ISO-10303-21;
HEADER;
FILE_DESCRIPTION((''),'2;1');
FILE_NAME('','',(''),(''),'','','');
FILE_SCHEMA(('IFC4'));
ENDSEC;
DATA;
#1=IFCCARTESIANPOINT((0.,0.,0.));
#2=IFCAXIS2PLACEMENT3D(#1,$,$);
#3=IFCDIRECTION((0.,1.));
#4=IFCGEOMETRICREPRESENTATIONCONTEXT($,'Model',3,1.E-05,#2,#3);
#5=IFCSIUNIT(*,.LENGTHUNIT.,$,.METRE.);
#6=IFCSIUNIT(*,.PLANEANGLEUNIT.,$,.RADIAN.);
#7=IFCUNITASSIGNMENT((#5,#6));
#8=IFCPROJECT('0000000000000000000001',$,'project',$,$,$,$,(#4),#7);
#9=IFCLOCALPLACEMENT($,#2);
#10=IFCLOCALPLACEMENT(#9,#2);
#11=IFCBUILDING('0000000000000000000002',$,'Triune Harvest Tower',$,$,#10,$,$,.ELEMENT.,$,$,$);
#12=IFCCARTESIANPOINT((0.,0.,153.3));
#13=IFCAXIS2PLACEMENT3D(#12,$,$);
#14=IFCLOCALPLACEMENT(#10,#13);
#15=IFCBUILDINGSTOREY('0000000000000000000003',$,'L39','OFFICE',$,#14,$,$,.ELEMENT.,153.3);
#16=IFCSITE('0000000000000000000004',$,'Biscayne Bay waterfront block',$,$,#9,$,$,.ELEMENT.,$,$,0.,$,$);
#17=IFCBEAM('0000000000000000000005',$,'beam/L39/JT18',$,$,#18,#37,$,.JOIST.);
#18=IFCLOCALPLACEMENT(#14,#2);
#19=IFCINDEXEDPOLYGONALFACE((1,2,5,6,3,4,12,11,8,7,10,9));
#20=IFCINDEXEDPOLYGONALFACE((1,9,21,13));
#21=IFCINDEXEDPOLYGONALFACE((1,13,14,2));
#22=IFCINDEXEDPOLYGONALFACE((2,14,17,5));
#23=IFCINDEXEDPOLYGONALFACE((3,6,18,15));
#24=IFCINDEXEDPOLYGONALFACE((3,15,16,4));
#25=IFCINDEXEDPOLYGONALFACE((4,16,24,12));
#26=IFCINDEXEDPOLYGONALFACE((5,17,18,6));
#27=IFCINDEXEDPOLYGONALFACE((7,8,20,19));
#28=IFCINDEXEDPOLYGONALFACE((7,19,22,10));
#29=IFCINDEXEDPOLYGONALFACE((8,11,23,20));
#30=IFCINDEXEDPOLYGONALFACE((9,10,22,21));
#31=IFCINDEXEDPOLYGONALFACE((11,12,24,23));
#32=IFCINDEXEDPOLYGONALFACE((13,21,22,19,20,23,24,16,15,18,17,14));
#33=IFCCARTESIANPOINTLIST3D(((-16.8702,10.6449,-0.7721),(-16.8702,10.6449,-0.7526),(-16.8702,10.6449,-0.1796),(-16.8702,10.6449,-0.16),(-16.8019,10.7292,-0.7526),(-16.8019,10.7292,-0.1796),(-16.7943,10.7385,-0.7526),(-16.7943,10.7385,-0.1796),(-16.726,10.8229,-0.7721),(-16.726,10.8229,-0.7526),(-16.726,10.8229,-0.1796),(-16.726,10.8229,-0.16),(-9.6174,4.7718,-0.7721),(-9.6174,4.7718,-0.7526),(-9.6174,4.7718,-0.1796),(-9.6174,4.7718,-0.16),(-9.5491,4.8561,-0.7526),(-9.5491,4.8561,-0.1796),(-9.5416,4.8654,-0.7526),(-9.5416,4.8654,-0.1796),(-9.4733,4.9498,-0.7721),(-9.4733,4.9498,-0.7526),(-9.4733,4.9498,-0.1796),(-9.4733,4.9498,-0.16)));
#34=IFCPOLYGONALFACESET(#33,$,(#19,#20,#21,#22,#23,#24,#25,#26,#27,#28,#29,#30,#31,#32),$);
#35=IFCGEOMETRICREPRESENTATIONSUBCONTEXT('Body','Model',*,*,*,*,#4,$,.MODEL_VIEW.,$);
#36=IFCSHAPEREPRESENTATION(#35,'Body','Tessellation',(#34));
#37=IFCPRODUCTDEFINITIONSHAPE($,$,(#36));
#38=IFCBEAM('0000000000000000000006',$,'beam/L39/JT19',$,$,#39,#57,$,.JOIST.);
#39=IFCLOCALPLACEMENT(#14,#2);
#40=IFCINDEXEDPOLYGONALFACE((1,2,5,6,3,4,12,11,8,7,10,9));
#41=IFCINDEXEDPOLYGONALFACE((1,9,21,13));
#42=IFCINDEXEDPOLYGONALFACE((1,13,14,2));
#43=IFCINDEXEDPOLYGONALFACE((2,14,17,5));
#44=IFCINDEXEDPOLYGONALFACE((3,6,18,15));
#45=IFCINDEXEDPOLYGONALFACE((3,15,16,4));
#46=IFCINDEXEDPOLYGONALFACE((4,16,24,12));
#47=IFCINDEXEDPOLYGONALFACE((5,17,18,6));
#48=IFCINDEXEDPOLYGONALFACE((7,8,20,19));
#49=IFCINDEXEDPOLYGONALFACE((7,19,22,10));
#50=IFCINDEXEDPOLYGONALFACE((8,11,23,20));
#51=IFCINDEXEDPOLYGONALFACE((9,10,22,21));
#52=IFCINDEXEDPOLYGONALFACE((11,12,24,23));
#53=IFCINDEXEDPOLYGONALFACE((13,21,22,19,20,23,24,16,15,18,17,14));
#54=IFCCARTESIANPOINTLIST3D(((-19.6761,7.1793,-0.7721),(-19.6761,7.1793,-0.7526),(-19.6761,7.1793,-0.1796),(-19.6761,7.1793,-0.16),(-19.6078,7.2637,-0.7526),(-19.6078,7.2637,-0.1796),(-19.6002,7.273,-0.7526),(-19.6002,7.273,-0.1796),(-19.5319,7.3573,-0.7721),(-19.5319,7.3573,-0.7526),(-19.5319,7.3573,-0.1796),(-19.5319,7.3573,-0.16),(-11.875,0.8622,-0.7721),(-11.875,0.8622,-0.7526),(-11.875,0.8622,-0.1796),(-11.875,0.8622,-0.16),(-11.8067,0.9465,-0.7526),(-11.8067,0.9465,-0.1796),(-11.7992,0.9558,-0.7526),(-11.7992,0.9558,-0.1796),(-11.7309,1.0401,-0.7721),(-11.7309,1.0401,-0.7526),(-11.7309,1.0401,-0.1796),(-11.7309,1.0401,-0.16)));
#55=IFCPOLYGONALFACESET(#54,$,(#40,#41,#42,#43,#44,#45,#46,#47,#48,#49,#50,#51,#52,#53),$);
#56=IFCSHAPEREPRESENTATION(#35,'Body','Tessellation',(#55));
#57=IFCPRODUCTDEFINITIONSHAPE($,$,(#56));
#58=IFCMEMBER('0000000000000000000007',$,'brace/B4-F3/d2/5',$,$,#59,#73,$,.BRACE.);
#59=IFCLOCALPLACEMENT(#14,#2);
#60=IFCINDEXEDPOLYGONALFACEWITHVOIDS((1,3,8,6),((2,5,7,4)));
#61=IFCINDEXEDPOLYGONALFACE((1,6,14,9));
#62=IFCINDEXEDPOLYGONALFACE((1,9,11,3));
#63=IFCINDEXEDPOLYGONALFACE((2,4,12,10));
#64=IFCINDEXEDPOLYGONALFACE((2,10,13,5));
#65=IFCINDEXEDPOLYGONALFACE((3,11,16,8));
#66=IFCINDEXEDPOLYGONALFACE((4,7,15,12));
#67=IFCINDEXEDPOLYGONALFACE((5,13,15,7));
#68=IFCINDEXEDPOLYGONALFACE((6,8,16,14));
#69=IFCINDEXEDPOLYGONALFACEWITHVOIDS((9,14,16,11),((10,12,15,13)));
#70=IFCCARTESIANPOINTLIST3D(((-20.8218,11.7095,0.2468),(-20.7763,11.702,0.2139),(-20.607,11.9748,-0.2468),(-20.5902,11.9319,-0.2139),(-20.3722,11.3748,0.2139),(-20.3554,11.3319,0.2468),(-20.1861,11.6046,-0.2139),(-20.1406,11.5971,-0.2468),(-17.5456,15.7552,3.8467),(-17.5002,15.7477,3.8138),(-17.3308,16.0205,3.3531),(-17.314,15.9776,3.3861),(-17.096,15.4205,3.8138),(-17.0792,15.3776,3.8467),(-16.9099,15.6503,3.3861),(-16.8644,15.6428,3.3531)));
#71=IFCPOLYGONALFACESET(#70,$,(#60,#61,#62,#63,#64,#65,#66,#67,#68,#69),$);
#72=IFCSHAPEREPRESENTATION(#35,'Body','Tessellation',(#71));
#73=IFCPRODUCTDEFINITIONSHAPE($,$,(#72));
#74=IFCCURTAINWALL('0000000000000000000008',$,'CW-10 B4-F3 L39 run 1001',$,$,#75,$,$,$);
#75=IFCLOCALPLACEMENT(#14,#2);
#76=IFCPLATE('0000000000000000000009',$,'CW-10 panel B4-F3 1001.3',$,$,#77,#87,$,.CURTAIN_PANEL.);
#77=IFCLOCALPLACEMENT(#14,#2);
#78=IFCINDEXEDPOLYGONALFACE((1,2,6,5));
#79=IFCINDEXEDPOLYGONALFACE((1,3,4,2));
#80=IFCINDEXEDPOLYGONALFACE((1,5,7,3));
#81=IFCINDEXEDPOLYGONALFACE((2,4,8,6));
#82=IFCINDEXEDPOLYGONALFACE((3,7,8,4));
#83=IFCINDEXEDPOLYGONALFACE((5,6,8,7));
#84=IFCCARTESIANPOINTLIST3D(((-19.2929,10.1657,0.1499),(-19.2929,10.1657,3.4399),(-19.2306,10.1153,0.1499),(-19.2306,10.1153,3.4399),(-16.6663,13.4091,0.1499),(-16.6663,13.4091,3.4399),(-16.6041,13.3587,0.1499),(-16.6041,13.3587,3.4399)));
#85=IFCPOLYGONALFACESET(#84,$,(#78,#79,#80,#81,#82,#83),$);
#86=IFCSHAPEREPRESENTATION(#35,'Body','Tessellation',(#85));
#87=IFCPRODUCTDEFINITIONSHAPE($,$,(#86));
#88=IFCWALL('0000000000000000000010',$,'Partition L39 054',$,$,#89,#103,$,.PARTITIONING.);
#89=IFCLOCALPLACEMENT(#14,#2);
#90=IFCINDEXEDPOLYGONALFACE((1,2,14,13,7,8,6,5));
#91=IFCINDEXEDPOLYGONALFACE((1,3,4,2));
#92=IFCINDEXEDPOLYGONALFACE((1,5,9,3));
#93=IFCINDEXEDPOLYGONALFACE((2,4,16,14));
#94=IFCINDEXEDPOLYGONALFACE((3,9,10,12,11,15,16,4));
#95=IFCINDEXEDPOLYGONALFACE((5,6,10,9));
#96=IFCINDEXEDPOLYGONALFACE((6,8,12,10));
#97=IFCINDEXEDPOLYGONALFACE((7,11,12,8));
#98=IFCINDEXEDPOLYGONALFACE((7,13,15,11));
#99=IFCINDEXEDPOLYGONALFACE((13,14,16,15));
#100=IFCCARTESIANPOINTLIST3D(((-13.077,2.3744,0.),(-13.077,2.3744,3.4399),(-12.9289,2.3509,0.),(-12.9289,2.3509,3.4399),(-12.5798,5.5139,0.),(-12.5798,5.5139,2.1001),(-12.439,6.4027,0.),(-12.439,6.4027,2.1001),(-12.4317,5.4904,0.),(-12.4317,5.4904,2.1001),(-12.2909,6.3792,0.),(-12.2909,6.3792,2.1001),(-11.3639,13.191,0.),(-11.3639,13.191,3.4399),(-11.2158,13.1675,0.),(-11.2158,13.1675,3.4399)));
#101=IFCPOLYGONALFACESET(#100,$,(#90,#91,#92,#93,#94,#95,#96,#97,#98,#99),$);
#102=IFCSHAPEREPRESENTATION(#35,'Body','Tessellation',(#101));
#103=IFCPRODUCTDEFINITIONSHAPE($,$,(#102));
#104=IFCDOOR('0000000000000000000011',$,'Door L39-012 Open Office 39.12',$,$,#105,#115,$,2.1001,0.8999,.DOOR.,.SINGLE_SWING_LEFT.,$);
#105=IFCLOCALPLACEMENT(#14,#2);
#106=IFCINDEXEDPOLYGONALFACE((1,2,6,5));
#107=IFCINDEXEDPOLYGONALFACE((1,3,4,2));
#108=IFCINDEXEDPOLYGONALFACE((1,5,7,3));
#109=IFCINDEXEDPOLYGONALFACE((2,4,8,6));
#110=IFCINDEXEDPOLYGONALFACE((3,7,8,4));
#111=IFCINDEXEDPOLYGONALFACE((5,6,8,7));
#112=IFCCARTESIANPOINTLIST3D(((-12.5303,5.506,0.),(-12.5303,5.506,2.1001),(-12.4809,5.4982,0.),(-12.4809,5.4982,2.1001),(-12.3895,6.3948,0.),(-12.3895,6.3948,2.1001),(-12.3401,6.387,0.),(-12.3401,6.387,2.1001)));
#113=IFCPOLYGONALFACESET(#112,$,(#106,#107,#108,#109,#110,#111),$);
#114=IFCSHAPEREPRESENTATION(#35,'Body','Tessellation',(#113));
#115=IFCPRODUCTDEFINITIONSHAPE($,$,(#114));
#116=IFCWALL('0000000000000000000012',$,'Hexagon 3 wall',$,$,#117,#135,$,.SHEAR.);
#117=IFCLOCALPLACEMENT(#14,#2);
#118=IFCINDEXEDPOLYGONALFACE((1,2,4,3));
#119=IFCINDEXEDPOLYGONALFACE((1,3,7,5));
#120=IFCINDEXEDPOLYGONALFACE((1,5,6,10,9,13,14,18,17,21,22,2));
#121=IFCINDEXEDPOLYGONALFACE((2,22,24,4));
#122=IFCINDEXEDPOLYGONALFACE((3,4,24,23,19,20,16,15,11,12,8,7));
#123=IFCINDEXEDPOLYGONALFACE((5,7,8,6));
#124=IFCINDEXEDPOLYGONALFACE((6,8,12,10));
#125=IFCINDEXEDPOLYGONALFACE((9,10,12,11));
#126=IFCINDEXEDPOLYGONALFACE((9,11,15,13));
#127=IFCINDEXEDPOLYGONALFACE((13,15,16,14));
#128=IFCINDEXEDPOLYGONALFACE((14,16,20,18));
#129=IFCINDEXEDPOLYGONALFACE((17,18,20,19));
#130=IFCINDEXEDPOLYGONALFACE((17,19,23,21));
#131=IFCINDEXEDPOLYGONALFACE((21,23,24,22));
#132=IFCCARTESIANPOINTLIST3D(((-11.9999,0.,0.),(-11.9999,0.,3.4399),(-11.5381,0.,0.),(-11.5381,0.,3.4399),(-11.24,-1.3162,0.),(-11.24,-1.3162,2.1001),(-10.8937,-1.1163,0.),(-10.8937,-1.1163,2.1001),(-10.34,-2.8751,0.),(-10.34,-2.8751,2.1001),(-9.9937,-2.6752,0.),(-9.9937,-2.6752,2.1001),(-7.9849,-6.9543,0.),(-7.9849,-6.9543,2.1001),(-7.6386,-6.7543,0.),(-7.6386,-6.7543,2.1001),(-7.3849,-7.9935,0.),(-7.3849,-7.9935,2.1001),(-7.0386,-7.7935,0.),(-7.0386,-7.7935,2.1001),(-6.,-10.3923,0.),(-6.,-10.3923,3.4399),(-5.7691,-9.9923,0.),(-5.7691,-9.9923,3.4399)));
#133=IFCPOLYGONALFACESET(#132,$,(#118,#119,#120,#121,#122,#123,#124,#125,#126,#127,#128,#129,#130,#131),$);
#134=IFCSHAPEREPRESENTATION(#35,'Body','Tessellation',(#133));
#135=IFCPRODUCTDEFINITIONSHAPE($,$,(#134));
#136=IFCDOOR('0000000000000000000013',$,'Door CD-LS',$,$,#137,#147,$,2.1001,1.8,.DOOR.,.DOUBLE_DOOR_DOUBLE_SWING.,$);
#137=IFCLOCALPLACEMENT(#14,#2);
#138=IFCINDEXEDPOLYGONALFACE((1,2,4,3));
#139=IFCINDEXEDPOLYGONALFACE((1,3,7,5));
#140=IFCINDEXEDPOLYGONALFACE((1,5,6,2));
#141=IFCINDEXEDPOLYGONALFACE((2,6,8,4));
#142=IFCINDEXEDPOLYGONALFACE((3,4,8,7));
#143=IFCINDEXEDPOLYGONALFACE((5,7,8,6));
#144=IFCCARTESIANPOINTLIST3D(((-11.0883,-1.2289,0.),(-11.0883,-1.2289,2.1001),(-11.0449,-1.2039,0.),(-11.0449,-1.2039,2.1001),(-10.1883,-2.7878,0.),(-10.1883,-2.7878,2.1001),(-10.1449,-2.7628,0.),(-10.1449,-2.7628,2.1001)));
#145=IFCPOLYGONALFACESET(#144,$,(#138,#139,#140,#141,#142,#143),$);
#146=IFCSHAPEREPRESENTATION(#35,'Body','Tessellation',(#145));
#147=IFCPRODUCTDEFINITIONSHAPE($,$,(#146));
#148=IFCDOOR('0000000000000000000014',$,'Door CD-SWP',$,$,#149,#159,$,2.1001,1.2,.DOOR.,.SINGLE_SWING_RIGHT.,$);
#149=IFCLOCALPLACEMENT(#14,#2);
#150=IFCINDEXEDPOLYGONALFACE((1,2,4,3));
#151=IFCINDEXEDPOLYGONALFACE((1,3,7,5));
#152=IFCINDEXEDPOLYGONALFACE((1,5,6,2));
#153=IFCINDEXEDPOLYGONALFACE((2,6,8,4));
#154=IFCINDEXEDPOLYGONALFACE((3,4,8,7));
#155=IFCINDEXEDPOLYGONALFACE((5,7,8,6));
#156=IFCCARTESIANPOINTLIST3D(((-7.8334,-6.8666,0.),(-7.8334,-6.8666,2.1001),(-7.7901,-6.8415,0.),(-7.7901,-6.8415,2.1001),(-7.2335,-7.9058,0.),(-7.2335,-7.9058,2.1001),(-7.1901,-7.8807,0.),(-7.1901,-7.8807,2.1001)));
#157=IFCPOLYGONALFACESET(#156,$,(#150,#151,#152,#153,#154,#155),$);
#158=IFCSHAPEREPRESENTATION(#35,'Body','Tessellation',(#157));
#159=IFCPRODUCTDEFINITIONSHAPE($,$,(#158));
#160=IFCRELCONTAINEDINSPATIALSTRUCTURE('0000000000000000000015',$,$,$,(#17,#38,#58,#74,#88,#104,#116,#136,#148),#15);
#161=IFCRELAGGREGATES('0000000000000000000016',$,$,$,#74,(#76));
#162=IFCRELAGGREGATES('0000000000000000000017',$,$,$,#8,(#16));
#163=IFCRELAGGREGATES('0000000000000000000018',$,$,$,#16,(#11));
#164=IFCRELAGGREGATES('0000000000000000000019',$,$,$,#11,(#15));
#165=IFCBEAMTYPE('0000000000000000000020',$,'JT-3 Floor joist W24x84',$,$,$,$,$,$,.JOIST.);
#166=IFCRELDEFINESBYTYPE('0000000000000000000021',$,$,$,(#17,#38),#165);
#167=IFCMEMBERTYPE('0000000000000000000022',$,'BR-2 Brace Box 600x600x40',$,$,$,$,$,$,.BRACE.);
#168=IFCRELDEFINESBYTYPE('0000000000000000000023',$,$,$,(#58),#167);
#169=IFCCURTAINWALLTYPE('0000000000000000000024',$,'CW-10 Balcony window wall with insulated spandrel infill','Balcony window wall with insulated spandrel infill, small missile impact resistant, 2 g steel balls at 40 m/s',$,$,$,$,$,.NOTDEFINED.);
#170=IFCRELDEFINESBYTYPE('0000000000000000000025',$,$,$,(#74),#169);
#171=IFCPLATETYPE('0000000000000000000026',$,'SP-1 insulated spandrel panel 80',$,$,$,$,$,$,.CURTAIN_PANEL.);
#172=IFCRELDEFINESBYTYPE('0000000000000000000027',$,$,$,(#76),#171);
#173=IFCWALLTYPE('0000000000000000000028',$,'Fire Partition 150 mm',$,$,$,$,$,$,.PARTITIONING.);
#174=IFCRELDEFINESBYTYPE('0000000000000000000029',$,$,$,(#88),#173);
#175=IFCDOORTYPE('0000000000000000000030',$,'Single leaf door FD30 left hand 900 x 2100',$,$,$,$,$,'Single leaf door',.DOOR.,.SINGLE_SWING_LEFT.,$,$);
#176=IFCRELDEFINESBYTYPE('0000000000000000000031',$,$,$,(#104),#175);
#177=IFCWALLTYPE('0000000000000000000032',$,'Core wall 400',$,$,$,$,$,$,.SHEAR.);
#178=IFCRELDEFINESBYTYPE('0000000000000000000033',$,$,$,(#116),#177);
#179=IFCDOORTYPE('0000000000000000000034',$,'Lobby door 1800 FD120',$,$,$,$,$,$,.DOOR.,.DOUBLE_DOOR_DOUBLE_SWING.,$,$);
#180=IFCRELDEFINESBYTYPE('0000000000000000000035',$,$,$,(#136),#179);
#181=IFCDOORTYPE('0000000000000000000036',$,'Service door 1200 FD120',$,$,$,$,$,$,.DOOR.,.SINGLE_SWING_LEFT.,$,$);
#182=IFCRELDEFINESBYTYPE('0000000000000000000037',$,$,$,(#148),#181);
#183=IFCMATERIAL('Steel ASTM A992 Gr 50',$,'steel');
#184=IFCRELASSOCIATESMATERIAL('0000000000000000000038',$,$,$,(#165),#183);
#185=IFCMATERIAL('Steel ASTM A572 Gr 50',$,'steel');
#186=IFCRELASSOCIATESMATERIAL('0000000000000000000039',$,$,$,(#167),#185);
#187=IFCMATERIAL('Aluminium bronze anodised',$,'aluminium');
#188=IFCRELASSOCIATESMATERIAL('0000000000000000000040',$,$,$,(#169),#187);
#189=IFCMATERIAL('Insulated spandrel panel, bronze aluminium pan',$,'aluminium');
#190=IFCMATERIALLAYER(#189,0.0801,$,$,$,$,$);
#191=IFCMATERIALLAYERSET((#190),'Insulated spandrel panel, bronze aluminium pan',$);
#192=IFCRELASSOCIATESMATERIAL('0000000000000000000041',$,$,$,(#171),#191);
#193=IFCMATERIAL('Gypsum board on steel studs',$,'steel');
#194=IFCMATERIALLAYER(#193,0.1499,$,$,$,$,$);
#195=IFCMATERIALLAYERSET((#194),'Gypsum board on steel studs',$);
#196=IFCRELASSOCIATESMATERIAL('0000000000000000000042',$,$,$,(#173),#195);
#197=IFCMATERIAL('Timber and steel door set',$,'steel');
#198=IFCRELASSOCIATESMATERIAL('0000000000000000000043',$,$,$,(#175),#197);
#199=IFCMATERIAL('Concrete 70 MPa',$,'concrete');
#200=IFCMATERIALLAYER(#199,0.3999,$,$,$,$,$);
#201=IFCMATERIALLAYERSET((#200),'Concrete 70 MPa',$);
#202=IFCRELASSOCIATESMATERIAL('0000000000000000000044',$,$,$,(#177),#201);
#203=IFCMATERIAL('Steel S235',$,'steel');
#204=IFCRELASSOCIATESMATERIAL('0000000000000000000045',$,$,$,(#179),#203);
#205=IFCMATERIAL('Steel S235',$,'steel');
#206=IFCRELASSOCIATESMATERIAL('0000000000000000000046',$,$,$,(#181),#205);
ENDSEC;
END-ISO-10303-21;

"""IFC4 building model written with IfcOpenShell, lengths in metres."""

from ifc_helpers import new_model, si_unit, direction, frame, frame_2d, origin, origin_2d, place, context, subcontext, project, spatial, polyline, rectangle, hollow_rectangle, i_section, outline, extrude, source, transform, mapped, material, layer, layer_set, material_profile, profile_set, type_object, element, fill, aggregate, save


model = new_model("IFC4")

# Units and contexts
model_context = context("Model", 3, precision=1e-05, world=origin(), true_north=direction((0.0, 1.0)))
body_context = subcontext(model_context, "Body", "Model", "MODEL_VIEW")
ifc_project = project(units=[si_unit("LENGTHUNIT", "METRE"), si_unit("PLANEANGLEUNIT", "RADIAN")], contexts=[model_context])

# Site, building, storey
site_placement = place(None, origin())
site = spatial("IfcSite", under=ifc_project, at=site_placement, Name="Biscayne Bay waterfront block", CompositionType="ELEMENT", RefElevation=0.0)
building_placement = place(site_placement, origin())
building = spatial("IfcBuilding", under=site, at=building_placement, Name="Triune Harvest Tower", CompositionType="ELEMENT")
storey_placement = place(building_placement, frame((0.0, 0.0, 153.3)))
storey = spatial("IfcBuildingStorey", under=building, at=storey_placement, Name="L39", Description="OFFICE", CompositionType="ELEMENT", Elevation=153.3)

# Beams
ifc_material_1 = material(Name="Steel ASTM A992 Gr 50", Category="steel")
ifc_material_profile_1 = material_profile(ifc_material_1, i_section(OverallWidth=0.229, OverallDepth=0.6121, WebThickness=0.012, FlangeThickness=0.0195, at=origin_2d()), Name="W24x84")
ifc_profile_set_1 = profile_set([ifc_material_profile_1], Name="Steel ASTM A992 Gr 50")
beam_type = type_object("IfcBeamType", Name="JT-3 Floor joist W24x84", PredefinedType="JOIST", material=ifc_profile_set_1)
shared_shape_1 = source(origin(), body_context, "Body", "SweptSolid", [
    extrude(i_section(OverallWidth=0.229, OverallDepth=0.6121, WebThickness=0.012, FlangeThickness=0.0195, at=origin_2d()), origin(), (0.0, 0.0, 1.0), 9.3325),
])
beam_1_placement = place(storey_placement, frame((-16.7981, 10.7339, -0.4661), z_axis=(0.777149, -0.629316, 0.0), x_axis=(0.629316, 0.777149, 0.0)))
element("IfcBeam", 1, at=beam_1_placement, inside=storey, type_object=beam_type, Name="beam/L39/JT18", PredefinedType="JOIST", context=body_context, shape_type="MappedRepresentation", body=[
    mapped(shared_shape_1, transform((0.0, 0.0, 0.0), scale=1.0)),
])
shared_shape_2 = source(origin(), body_context, "Body", "SweptSolid", [
    extrude(i_section(OverallWidth=0.229, OverallDepth=0.6121, WebThickness=0.012, FlangeThickness=0.0195, at=origin_2d()), origin(), (0.0, 0.0, 1.0), 10.0381),
])
beam_2_placement = place(storey_placement, frame((-19.604, 7.2683, -0.4661), z_axis=(0.777146, -0.62932, 0.0), x_axis=(0.62932, 0.777146, 0.0)))
element("IfcBeam", 2, at=beam_2_placement, inside=storey, type_object=beam_type, Name="beam/L39/JT19", PredefinedType="JOIST", context=body_context, shape_type="MappedRepresentation", body=[
    mapped(shared_shape_2, transform((0.0, 0.0, 0.0), scale=1.0)),
])

# Member
ifc_material_2 = material(Name="Steel ASTM A572 Gr 50", Category="steel")
ifc_material_profile_2 = material_profile(ifc_material_2, hollow_rectangle(XDim=0.6001, YDim=0.6001, WallThickness=0.04, at=origin_2d()), Name="Box 600x600x40")
ifc_profile_set_2 = profile_set([ifc_material_profile_2], Name="Steel ASTM A572 Gr 50")
member_type = type_object("IfcMemberType", Name="BR-2 Brace Box 600x600x40", PredefinedType="BRACE", material=ifc_profile_set_2)
shared_shape_3 = source(origin(), body_context, "Body", "SweptSolid", [
    extrude(hollow_rectangle(XDim=0.6001, YDim=0.6001, WallThickness=0.04, at=origin_2d()), origin(), (0.0, 0.0, 1.0), 6.3293),
])
member_placement = place(storey_placement, frame((-20.4812, 11.6533, 0.0), z_axis=(0.517617, 0.639201, 0.568766), x_axis=(-0.777144, 0.629322, 0.0)))
element("IfcMember", 3, at=member_placement, inside=storey, type_object=member_type, Name="brace/B4-F3/d2/5", PredefinedType="BRACE", context=body_context, shape_type="MappedRepresentation", body=[
    mapped(shared_shape_3, transform((0.0, 0.0, 0.0), scale=1.0)),
])

# Curtain wall, plate
ifc_material_3 = material(Name="Aluminium bronze anodised", Category="aluminium")
curtain_wall_type = type_object("IfcCurtainWallType", Name="CW-10 Balcony window wall with insulated spandrel infill", Description="Balcony window wall with insulated spandrel infill, small missile impact resistant, 2 g steel balls at 40 m/s", PredefinedType="NOTDEFINED", material=ifc_material_3)
curtain_wall_placement = place(storey_placement, origin())
curtain_wall = element("IfcCurtainWall", 4, at=curtain_wall_placement, inside=storey, type_object=curtain_wall_type, Name="CW-10 B4-F3 L39 run 1001")
ifc_material_4 = material(Name="Insulated spandrel panel, bronze aluminium pan", Category="aluminium")
ifc_layer_1 = layer(ifc_material_4, 0.0801)
ifc_layer_set_1 = layer_set([ifc_layer_1], Name="Insulated spandrel panel, bronze aluminium pan")
plate_type = type_object("IfcPlateType", Name="SP-1 insulated spandrel panel 80", PredefinedType="CURTAIN_PANEL", material=ifc_layer_set_1)
shared_shape_4 = source(origin(), body_context, "Body", "SweptSolid", [
    extrude(rectangle(XDim=4.1736, YDim=0.0801, at=origin_2d()), origin(), (0.0, 0.0, 1.0), 3.29),
])
plate_placement = place(storey_placement, frame((-17.9485, 11.7622, 0.1499), z_axis=(0.0, 0.0, 1.0), x_axis=(-0.629322, -0.777145, 0.0)))
plate = element("IfcPlate", 5, at=plate_placement, type_object=plate_type, Name="CW-10 panel B4-F3 1001.3", PredefinedType="CURTAIN_PANEL", context=body_context, shape_type="MappedRepresentation", body=[
    mapped(shared_shape_4, transform((0.0, 0.0, 0.0), scale=1.0)),
])
aggregate(curtain_wall, [plate])

# Wall, opening, door
ifc_material_5 = material(Name="Gypsum board on steel studs", Category="steel")
ifc_layer_2 = layer(ifc_material_5, 0.1499)
ifc_layer_set_2 = layer_set([ifc_layer_2], Name="Gypsum board on steel studs")
wall_type_1 = type_object("IfcWallType", Name="Fire Partition 150 mm", PredefinedType="PARTITIONING", material=ifc_layer_set_2)
wall_1_placement = place(storey_placement, frame((-13.0029, 2.3628, 0.0), z_axis=(0.0, 0.0, 1.0), x_axis=(0.15643, 0.987689, 0.0)))
wall_1 = element("IfcWall", 6, at=wall_1_placement, inside=storey, type_object=wall_type_1, Name="Partition L39 054", PredefinedType="PARTITIONING", context=body_context, shape_type="SweptSolid", body=[
    extrude(rectangle(XDim=10.9514, YDim=0.1499, at=frame_2d((5.4756, 0.0))), origin(), (0.0, 0.0, 1.0), 3.4399),
])
opening_1_placement = place(wall_1_placement, frame((3.1785, 0.0, 0.0)))
opening_1 = element("IfcOpeningElement", 7, at=opening_1_placement, cuts=wall_1, PredefinedType="OPENING", context=body_context, shape_type="SweptSolid", body=[
    extrude(rectangle(XDim=0.8999, YDim=2.1001, at=frame_2d((0.45, 1.05))), frame((0.0, 0.085, 0.0), z_axis=(0.0, -1.0, 0.0), x_axis=(1.0, 0.0, 0.0)), (0.0, 0.0, 1.0), 0.1699),
])
ifc_material_6 = material(Name="Timber and steel door set", Category="steel")
door_type_1 = type_object("IfcDoorType", Name="Single leaf door FD30 left hand 900 x 2100", ElementType="Single leaf door", OperationType="SINGLE_SWING_LEFT", PredefinedType="DOOR", material=ifc_material_6)
door_1_placement = place(opening_1_placement, origin())
door_1 = element("IfcDoor", 8, at=door_1_placement, inside=storey, type_object=door_type_1, Name="Door L39-012 Open Office 39.12", OperationType="SINGLE_SWING_LEFT", OverallHeight=2.1001, OverallWidth=0.8999, PredefinedType="DOOR", context=body_context, shape_type="SweptSolid", body=[
    extrude(rectangle(XDim=0.8999, YDim=2.1001, at=frame_2d((0.45, 1.05))), frame((0.0, 0.0249, 0.0), z_axis=(0.0, -1.0, 0.0), x_axis=(1.0, 0.0, 0.0)), (0.0, 0.0, 1.0), 0.05),
])
fill(opening_1, door_1)

# Wall, openings, doors
ifc_material_7 = material(Name="Concrete 70 MPa", Category="concrete")
ifc_layer_3 = layer(ifc_material_7, 0.3999)
ifc_layer_set_3 = layer_set([ifc_layer_3], Name="Concrete 70 MPa")
wall_type_2 = type_object("IfcWallType", Name="Core wall 400", PredefinedType="SHEAR", material=ifc_layer_set_3)
shared_shape_5 = source(origin(), body_context, "Body", "SweptSolid", [
    extrude(outline(polyline([(-0.1155, -0.2), (11.8845, -0.2), (11.6536, 0.2), (0.1155, 0.2), (-0.1155, -0.2)])), origin(), (0.0, 0.0, 1.0), 3.4399),
])
wall_2_placement = place(storey_placement, frame((-11.769, 0.0, 0.0), z_axis=(0.0, 0.0, 1.0), x_axis=(0.499997, -0.866027, 0.0)))
wall_2 = element("IfcWall", 9, at=wall_2_placement, inside=storey, type_object=wall_type_2, Name="Hexagon 3 wall", PredefinedType="SHEAR", context=body_context, shape_type="MappedRepresentation", body=[
    mapped(shared_shape_5, transform((0.0, 0.0, 0.0), scale=1.0)),
])
opening_2_placement = place(wall_2_placement, frame((1.4045, 0.0, 0.0)))
opening_2 = element("IfcOpeningElement", 10, at=opening_2_placement, cuts=wall_2, PredefinedType="OPENING", context=body_context, shape_type="SweptSolid", body=[
    extrude(rectangle(XDim=1.8, YDim=2.1001, at=frame_2d((0.8999, 1.05))), frame((0.0, 0.21, 0.0), z_axis=(0.0, -1.0, 0.0), x_axis=(1.0, 0.0, 0.0)), (0.0, 0.0, 1.0), 0.4199),
])
opening_3_placement = place(wall_2_placement, frame((7.9146, 0.0, 0.0)))
opening_3 = element("IfcOpeningElement", 11, at=opening_3_placement, cuts=wall_2, PredefinedType="OPENING", context=body_context, shape_type="SweptSolid", body=[
    extrude(rectangle(XDim=1.2, YDim=2.1001, at=frame_2d((0.6001, 1.05))), frame((0.0, 0.21, 0.0), z_axis=(0.0, -1.0, 0.0), x_axis=(1.0, 0.0, 0.0)), (0.0, 0.0, 1.0), 0.4199),
])
ifc_material_8 = material(Name="Steel S235", Category="steel")
door_type_2 = type_object("IfcDoorType", Name="Lobby door 1800 FD120", OperationType="DOUBLE_DOOR_DOUBLE_SWING", PredefinedType="DOOR", material=ifc_material_8)
door_2_placement = place(opening_2_placement, frame((1.8, 0.0, 0.0), z_axis=(0.0, 0.0, 1.0), x_axis=(-1.0, 0.0, 0.0)))
door_2 = element("IfcDoor", 12, at=door_2_placement, inside=storey, type_object=door_type_2, Name="Door CD-LS", OperationType="DOUBLE_DOOR_DOUBLE_SWING", OverallHeight=2.1001, OverallWidth=1.8, PredefinedType="DOOR", context=body_context, shape_type="SweptSolid", body=[
    extrude(rectangle(XDim=1.8, YDim=2.1001, at=frame_2d((0.8999, 1.05))), frame((0.0, 0.0249, 0.0), z_axis=(0.0, -1.0, 0.0), x_axis=(1.0, 0.0, 0.0)), (0.0, 0.0, 1.0), 0.05),
])
fill(opening_2, door_2)
ifc_material_9 = material(Name="Steel S235", Category="steel")
door_type_3 = type_object("IfcDoorType", Name="Service door 1200 FD120", OperationType="SINGLE_SWING_LEFT", PredefinedType="DOOR", material=ifc_material_9)
door_3_placement = place(opening_3_placement, frame((1.2, 0.0, 0.0), z_axis=(0.0, 0.0, 1.0), x_axis=(-1.0, 0.0, 0.0)))
door_3 = element("IfcDoor", 13, at=door_3_placement, inside=storey, type_object=door_type_3, Name="Door CD-SWP", OperationType="SINGLE_SWING_RIGHT", OverallHeight=2.1001, OverallWidth=1.2, PredefinedType="DOOR", context=body_context, shape_type="SweptSolid", body=[
    extrude(rectangle(XDim=1.2, YDim=2.1001, at=frame_2d((0.6001, 1.05))), frame((0.0, 0.0249, 0.0), z_axis=(0.0, -1.0, 0.0), x_axis=(1.0, 0.0, 0.0)), (0.0, 0.0, 1.0), 0.05),
])
fill(opening_3, door_3)

save(model, "model.ifc")
